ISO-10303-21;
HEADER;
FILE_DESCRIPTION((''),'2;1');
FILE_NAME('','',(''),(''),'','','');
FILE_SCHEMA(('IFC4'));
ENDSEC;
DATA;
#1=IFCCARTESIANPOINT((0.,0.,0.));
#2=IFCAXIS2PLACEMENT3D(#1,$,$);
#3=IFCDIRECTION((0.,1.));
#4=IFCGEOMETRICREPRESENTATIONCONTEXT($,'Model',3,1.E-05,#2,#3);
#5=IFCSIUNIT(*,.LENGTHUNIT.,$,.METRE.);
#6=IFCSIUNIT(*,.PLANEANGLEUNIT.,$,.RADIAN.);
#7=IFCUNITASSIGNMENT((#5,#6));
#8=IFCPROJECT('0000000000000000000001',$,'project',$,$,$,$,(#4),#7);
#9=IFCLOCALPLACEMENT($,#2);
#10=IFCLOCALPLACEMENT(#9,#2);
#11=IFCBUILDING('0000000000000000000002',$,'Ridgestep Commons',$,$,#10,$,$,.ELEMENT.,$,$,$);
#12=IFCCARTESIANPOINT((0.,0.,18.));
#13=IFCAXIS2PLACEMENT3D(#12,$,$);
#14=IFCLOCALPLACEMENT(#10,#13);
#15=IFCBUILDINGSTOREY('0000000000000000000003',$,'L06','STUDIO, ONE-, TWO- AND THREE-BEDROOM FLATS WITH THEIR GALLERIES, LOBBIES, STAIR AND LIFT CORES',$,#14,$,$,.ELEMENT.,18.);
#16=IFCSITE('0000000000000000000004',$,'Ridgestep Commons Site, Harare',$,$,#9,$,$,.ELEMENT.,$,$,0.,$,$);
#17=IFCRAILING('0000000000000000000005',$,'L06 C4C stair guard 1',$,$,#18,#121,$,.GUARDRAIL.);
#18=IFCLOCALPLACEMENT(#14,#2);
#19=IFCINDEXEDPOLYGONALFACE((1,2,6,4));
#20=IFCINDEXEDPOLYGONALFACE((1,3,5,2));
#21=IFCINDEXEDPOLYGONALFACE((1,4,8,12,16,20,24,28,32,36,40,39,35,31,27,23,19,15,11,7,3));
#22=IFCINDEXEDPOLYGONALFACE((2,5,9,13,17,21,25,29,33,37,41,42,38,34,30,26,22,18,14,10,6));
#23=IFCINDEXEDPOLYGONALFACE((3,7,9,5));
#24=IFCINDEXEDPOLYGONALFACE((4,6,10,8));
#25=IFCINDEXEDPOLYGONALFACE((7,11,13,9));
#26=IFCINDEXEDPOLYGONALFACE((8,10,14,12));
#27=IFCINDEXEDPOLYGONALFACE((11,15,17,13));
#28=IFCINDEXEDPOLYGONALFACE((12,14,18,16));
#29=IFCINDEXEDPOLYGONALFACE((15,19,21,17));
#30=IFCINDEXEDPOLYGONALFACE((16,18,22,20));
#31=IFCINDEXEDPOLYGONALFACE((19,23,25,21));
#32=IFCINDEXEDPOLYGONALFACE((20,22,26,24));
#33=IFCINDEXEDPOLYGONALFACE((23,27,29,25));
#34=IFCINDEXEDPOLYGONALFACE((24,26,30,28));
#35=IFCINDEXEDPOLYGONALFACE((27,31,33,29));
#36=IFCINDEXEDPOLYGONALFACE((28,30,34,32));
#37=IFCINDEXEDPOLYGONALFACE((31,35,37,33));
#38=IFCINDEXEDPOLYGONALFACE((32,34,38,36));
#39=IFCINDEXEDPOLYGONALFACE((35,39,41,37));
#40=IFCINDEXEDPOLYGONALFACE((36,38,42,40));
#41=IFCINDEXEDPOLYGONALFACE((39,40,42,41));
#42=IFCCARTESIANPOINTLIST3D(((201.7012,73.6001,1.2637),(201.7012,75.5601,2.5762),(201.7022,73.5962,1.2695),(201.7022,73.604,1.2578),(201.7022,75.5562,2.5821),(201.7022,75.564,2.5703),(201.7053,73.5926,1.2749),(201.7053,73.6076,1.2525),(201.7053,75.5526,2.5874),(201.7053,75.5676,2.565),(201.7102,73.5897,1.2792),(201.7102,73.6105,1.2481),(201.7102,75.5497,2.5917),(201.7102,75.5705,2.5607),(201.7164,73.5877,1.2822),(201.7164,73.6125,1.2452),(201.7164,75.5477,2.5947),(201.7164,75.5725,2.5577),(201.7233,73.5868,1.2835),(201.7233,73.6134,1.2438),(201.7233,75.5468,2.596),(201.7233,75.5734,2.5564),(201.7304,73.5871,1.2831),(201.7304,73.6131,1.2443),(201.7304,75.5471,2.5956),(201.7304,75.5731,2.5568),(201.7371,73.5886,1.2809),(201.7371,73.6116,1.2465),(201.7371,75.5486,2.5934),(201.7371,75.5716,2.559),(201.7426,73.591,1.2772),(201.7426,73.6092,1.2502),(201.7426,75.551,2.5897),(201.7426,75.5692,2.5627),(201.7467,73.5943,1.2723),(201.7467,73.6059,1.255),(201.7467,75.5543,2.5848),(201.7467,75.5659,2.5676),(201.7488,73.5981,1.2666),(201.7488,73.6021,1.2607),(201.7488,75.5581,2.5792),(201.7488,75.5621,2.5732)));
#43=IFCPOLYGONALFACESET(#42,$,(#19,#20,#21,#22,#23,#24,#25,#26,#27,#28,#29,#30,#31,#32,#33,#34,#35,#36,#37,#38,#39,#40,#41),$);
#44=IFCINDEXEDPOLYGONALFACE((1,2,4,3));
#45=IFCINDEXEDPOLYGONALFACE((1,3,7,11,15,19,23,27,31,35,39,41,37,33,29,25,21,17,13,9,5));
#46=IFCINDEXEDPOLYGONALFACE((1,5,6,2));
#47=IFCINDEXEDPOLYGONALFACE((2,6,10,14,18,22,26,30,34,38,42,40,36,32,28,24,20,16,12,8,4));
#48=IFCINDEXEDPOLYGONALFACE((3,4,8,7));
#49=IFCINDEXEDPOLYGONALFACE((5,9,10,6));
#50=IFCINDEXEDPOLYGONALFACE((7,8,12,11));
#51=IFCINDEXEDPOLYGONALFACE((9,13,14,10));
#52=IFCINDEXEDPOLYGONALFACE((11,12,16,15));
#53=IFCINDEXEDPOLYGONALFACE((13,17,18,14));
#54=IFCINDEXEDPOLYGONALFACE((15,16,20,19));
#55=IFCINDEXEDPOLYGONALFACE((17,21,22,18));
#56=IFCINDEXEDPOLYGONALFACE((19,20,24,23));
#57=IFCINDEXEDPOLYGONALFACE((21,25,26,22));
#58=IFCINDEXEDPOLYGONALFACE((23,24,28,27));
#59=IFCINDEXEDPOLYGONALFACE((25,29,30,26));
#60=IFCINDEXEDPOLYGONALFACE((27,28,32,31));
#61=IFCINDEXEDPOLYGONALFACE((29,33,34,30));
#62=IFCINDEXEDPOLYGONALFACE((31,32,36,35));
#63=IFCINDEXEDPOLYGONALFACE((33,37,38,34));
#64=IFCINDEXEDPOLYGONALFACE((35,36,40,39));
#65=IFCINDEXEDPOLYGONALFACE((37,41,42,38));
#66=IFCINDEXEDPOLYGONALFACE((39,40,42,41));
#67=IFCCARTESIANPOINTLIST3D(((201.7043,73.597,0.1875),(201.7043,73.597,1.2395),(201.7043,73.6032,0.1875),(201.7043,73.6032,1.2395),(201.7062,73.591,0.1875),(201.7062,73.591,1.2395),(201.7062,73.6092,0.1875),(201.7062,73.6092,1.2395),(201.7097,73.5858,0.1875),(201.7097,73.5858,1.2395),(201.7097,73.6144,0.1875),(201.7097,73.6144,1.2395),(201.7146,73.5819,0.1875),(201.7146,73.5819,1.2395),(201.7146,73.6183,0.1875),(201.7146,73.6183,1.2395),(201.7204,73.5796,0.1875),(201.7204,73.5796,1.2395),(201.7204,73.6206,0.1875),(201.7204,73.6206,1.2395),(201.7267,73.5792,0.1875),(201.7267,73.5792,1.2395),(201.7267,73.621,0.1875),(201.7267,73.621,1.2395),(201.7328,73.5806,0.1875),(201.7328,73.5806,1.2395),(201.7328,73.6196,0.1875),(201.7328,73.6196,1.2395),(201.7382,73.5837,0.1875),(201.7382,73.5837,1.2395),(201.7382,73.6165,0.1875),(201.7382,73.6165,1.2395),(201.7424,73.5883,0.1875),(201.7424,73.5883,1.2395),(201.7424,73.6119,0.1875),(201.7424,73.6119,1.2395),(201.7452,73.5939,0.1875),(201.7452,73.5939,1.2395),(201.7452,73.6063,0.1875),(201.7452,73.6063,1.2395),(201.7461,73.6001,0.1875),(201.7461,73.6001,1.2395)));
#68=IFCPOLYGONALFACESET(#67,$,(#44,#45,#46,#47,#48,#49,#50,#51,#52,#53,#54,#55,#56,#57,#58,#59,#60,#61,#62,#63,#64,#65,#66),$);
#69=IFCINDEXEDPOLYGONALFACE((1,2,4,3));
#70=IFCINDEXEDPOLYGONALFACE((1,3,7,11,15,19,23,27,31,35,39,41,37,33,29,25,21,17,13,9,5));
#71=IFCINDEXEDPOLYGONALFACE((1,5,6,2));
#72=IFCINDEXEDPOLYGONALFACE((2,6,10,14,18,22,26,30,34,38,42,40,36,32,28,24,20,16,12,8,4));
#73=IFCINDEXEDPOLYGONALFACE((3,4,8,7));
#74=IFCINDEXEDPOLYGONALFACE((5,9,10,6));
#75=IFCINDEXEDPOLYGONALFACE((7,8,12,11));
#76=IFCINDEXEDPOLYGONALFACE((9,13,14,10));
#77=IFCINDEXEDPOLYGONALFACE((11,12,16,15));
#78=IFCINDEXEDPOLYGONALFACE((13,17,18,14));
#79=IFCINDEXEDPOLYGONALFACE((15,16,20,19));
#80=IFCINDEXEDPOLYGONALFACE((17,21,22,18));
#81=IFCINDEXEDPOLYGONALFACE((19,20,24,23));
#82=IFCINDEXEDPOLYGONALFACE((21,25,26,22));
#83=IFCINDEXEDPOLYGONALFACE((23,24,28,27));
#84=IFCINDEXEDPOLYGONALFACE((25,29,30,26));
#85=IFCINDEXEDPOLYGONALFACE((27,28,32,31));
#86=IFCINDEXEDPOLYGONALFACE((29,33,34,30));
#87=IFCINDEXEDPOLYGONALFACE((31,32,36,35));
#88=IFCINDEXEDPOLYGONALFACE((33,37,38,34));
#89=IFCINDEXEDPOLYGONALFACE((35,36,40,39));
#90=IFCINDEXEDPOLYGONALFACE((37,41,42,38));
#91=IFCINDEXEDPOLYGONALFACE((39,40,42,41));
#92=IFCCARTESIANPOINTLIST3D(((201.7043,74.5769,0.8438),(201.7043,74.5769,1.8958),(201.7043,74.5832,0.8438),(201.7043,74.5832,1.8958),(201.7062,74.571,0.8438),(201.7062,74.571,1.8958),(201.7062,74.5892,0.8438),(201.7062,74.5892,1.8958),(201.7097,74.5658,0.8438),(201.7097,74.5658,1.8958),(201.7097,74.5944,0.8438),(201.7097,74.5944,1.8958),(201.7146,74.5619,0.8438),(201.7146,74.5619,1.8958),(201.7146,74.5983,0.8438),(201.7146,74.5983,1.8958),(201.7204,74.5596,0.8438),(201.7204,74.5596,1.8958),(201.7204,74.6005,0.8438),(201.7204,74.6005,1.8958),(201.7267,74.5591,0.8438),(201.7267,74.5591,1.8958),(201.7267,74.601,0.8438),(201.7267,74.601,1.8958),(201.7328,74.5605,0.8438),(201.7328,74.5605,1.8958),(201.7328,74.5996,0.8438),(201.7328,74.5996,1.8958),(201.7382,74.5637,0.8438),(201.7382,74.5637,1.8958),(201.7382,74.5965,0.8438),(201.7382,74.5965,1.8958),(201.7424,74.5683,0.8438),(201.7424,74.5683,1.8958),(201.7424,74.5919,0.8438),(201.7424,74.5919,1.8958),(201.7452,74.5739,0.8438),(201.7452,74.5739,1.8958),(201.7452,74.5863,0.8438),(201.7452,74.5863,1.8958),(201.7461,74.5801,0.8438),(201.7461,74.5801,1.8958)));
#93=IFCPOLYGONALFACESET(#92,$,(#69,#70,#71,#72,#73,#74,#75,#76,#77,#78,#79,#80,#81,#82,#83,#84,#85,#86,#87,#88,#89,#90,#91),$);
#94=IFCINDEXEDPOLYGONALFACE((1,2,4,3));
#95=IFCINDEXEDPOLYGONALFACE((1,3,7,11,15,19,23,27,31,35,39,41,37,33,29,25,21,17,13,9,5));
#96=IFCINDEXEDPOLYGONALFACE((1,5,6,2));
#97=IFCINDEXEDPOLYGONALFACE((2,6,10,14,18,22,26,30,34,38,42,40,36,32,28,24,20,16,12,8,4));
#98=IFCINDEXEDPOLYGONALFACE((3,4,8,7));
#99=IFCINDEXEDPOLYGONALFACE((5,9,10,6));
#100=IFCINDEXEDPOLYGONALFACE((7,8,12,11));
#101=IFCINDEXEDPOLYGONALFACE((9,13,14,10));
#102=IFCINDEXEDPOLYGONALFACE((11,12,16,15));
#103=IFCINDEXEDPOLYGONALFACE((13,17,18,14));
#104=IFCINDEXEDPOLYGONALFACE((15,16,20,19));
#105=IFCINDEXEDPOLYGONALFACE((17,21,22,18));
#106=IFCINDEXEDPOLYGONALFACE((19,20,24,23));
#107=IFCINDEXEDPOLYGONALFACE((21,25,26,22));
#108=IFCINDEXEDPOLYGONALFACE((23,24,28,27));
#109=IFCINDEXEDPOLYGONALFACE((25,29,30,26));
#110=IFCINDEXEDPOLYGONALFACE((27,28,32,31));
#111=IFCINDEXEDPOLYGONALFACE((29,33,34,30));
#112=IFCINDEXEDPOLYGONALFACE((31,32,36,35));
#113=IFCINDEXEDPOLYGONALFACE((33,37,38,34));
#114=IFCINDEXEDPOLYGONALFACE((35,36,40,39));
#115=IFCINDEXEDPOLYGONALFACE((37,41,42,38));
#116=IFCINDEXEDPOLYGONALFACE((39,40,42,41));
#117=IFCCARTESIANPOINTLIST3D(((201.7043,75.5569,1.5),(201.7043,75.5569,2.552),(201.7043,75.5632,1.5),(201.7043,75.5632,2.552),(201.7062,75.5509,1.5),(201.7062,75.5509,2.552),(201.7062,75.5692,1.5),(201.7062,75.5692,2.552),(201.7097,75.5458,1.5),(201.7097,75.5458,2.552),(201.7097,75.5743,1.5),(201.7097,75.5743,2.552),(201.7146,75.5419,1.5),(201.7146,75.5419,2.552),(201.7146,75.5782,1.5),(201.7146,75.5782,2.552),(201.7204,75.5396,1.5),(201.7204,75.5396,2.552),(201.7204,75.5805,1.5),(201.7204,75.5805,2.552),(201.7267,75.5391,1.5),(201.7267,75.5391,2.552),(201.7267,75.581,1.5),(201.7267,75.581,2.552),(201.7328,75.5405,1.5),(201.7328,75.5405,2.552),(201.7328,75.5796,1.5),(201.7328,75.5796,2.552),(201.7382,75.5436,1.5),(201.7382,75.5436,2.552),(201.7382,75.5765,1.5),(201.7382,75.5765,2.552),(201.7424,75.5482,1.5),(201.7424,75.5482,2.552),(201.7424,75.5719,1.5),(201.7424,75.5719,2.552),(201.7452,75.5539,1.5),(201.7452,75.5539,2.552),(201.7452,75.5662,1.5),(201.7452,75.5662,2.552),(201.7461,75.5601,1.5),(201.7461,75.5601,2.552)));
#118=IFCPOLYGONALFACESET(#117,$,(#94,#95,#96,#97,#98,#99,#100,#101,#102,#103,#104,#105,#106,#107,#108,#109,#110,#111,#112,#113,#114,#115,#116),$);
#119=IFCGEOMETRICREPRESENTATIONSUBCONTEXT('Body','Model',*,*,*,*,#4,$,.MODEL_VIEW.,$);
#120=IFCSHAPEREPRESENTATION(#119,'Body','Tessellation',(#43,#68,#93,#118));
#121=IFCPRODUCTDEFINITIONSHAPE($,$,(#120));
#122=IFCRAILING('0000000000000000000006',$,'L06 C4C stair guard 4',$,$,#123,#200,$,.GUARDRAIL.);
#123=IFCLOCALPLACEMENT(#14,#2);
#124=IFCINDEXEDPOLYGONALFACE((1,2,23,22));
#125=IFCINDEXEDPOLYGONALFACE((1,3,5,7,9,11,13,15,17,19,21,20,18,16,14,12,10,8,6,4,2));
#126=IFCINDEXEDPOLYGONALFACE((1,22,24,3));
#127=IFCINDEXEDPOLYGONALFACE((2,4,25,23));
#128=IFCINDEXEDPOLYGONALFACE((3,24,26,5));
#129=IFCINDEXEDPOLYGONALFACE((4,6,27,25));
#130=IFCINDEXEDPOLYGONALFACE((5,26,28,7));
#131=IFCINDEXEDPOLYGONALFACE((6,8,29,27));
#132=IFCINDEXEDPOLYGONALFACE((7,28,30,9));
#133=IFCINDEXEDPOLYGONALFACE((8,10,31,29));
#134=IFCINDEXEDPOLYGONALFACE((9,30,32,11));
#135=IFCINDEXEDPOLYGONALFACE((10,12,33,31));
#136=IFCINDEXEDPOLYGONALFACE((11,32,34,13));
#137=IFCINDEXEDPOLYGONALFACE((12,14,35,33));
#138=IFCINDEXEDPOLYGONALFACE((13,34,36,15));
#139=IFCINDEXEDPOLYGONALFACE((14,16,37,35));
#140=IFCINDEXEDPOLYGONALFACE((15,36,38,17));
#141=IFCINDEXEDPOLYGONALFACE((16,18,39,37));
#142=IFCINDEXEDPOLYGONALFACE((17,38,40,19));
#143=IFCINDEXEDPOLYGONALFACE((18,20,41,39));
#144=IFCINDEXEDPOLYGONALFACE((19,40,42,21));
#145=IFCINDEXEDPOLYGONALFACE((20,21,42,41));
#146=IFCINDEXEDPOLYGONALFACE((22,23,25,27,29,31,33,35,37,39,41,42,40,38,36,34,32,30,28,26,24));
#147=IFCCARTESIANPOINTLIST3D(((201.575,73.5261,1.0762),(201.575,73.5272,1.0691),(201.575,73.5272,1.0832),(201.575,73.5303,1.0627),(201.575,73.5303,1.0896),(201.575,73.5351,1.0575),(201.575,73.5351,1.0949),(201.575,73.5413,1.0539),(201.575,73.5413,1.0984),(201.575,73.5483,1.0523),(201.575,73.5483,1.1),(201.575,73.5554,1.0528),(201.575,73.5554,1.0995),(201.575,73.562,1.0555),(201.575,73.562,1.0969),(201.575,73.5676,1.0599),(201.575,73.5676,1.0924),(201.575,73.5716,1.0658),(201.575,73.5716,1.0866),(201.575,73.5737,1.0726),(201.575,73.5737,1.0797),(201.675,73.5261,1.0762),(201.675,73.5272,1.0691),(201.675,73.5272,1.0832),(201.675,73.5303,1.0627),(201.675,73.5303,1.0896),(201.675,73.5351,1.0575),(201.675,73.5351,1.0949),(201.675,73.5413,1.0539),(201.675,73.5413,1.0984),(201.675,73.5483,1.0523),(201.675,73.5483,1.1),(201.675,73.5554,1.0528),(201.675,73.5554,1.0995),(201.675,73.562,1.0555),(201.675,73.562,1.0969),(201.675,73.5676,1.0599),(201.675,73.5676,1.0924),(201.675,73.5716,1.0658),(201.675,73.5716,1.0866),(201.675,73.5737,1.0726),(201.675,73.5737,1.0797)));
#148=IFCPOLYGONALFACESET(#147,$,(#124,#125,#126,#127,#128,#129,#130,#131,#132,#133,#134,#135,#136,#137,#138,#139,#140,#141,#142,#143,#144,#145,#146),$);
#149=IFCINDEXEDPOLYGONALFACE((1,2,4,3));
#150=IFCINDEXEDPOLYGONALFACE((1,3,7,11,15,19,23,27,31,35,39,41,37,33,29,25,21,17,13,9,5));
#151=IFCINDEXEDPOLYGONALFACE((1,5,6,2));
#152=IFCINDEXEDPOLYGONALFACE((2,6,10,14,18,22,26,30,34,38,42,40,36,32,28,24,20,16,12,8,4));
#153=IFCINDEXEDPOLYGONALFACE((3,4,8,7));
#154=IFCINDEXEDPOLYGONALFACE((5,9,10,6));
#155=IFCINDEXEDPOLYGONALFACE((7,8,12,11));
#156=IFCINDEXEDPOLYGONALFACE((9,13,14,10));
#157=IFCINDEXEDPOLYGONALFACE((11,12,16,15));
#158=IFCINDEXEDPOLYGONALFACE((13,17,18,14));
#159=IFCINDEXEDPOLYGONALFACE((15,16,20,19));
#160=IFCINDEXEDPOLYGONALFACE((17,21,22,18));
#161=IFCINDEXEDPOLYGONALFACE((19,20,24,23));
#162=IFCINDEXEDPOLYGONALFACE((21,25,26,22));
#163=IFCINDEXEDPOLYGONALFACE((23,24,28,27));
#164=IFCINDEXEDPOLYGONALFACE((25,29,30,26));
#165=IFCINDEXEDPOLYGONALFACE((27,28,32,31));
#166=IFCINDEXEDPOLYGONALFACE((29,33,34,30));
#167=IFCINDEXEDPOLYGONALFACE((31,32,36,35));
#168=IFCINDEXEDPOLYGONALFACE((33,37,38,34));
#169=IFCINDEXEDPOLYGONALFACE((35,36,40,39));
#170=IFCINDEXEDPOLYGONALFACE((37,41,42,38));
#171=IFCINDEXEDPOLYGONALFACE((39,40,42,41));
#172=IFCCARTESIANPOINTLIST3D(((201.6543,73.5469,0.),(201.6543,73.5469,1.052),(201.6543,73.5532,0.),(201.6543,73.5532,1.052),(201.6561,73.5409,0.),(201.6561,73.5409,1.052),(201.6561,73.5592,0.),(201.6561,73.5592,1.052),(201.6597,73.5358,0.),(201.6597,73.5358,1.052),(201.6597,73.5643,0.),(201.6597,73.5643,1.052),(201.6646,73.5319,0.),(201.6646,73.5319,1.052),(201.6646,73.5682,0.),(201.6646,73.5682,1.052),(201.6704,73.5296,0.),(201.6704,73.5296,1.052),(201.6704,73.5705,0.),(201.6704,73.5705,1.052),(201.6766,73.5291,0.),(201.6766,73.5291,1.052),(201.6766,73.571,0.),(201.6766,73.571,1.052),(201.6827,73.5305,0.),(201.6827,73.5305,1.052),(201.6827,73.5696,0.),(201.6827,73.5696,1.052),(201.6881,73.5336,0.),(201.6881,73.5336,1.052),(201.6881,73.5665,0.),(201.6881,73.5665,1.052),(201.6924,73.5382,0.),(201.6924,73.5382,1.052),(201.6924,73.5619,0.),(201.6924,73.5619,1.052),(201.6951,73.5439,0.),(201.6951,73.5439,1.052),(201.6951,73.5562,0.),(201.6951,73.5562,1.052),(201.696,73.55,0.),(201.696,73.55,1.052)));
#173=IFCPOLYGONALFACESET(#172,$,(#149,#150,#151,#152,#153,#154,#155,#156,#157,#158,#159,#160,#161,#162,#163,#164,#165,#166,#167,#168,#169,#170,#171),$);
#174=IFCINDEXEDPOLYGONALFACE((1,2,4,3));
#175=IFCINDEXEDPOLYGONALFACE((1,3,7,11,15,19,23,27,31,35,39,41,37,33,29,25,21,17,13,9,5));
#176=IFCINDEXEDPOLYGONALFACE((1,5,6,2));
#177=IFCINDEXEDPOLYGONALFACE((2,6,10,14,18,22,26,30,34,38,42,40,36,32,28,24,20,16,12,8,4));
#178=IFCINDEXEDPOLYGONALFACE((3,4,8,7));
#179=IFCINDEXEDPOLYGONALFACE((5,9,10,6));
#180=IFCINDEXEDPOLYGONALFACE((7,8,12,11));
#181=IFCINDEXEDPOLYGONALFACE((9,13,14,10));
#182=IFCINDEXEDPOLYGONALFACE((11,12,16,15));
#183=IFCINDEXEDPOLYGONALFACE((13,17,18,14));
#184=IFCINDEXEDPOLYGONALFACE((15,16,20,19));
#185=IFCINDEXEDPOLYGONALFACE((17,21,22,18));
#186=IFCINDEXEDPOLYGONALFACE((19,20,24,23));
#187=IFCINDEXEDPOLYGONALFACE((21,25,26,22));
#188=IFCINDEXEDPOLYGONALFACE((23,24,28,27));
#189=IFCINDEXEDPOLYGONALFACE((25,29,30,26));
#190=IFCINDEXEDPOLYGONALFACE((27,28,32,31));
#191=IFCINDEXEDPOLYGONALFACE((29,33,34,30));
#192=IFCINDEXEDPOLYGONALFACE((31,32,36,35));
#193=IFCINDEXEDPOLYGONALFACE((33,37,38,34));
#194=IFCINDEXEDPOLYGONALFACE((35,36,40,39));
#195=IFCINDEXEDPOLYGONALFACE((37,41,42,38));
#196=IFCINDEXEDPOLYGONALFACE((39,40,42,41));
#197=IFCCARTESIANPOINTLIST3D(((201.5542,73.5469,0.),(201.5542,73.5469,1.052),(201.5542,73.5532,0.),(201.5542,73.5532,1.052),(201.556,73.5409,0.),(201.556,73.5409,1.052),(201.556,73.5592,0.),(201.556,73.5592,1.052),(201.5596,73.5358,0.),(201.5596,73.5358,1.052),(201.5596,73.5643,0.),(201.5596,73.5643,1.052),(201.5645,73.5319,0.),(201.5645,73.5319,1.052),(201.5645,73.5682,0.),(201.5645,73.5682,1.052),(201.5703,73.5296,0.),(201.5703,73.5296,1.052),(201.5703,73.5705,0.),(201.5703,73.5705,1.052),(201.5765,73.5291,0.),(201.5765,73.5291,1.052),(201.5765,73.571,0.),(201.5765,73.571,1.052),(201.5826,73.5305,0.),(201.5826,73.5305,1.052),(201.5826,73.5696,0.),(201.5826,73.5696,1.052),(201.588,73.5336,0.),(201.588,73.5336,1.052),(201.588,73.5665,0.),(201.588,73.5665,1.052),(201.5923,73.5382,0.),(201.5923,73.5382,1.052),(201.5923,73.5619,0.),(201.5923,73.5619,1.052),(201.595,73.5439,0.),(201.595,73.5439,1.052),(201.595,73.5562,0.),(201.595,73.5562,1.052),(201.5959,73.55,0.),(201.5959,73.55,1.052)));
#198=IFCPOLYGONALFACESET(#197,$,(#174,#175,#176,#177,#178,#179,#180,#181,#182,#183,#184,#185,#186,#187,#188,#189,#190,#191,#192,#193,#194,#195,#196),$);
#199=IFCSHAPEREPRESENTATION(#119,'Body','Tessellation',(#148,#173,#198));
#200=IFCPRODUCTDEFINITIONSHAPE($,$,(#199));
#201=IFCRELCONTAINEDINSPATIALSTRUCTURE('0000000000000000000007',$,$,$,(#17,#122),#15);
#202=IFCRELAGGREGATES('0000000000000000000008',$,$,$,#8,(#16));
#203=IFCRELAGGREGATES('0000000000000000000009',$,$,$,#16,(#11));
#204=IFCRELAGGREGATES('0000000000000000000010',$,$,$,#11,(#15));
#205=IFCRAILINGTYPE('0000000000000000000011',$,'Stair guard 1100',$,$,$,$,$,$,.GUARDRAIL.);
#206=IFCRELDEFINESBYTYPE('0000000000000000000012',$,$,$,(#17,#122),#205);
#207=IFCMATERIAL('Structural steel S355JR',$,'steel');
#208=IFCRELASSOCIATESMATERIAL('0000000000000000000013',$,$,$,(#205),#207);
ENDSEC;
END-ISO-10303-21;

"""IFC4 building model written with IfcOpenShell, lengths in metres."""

from ifc_helpers import new_model, si_unit, direction, frame, origin, origin_2d, place, context, subcontext, project, spatial, circle, extrude, material, type_object, element, save


model = new_model("IFC4")

# Units and contexts
model_context = context("Model", 3, precision=1e-05, world=origin(), true_north=direction((0.0, 1.0)))
body_context = subcontext(model_context, "Body", "Model", "MODEL_VIEW")
ifc_project = project(units=[si_unit("LENGTHUNIT", "METRE"), si_unit("PLANEANGLEUNIT", "RADIAN")], contexts=[model_context])

# Site, building, storey
site_placement = place(None, origin())
site = spatial("IfcSite", under=ifc_project, at=site_placement, Name="Ridgestep Commons Site, Harare", CompositionType="ELEMENT", RefElevation=0.0)
building_placement = place(site_placement, origin())
building = spatial("IfcBuilding", under=site, at=building_placement, Name="Ridgestep Commons", CompositionType="ELEMENT")
storey_placement = place(building_placement, frame((0.0, 0.0, 18.0)))
storey = spatial("IfcBuildingStorey", under=building, at=storey_placement, Name="L06", Description="STUDIO, ONE-, TWO- AND THREE-BEDROOM FLATS WITH THEIR GALLERIES, LOBBIES, STAIR AND LIFT CORES", CompositionType="ELEMENT", Elevation=18.0)

# Railings
ifc_material_1 = material(Name="Structural steel S355JR", Category="steel")
railing_type_1 = type_object("IfcRailingType", Name="Stair guard 1100", PredefinedType="GUARDRAIL", material=ifc_material_1)
railing_1_placement = place(storey_placement, frame((201.7251, 73.6001, 0.1875)))
element("IfcRailing", 1, at=railing_1_placement, inside=storey, type_object=railing_type_1, Name="L06 C4C stair guard 1", PredefinedType="GUARDRAIL", context=body_context, shape_type="SweptSolid", body=[
    extrude(circle(Radius=0.0239, at=origin_2d()), frame((0.0, 0.0, 1.0762), z_axis=(0.0, 0.830902, 0.556419), x_axis=(-1.0, 0.0, 0.0)), (0.0, 0.0, 1.0), 2.3589),
    extrude(circle(Radius=0.021, at=origin_2d()), origin(), (0.0, 0.0, 1.0), 1.052),
    extrude(circle(Radius=0.021, at=origin_2d()), frame((0.0, 0.98, 0.6562)), (0.0, 0.0, 1.0), 1.052),
    extrude(circle(Radius=0.021, at=origin_2d()), frame((0.0, 1.96, 1.3125)), (0.0, 0.0, 1.0), 1.052),
])
railing_2_placement = place(storey_placement, frame((201.675, 73.55, 0.0)))
element("IfcRailing", 2, at=railing_2_placement, inside=storey, type_object=railing_type_1, Name="L06 C4C stair guard 4", PredefinedType="GUARDRAIL", context=body_context, shape_type="SweptSolid", body=[
    extrude(circle(Radius=0.0239, at=origin_2d()), frame((0.0, 0.0, 1.0762), z_axis=(-1.0, 0.0, 0.0), x_axis=(0.0, -1.0, 0.0)), (0.0, 0.0, 1.0), 0.1001),
    extrude(circle(Radius=0.021, at=origin_2d()), origin(), (0.0, 0.0, 1.0), 1.052),
    extrude(circle(Radius=0.021, at=origin_2d()), frame((-0.1001, 0.0, 0.0)), (0.0, 0.0, 1.0), 1.052),
])

save(model, "model.ifc")
